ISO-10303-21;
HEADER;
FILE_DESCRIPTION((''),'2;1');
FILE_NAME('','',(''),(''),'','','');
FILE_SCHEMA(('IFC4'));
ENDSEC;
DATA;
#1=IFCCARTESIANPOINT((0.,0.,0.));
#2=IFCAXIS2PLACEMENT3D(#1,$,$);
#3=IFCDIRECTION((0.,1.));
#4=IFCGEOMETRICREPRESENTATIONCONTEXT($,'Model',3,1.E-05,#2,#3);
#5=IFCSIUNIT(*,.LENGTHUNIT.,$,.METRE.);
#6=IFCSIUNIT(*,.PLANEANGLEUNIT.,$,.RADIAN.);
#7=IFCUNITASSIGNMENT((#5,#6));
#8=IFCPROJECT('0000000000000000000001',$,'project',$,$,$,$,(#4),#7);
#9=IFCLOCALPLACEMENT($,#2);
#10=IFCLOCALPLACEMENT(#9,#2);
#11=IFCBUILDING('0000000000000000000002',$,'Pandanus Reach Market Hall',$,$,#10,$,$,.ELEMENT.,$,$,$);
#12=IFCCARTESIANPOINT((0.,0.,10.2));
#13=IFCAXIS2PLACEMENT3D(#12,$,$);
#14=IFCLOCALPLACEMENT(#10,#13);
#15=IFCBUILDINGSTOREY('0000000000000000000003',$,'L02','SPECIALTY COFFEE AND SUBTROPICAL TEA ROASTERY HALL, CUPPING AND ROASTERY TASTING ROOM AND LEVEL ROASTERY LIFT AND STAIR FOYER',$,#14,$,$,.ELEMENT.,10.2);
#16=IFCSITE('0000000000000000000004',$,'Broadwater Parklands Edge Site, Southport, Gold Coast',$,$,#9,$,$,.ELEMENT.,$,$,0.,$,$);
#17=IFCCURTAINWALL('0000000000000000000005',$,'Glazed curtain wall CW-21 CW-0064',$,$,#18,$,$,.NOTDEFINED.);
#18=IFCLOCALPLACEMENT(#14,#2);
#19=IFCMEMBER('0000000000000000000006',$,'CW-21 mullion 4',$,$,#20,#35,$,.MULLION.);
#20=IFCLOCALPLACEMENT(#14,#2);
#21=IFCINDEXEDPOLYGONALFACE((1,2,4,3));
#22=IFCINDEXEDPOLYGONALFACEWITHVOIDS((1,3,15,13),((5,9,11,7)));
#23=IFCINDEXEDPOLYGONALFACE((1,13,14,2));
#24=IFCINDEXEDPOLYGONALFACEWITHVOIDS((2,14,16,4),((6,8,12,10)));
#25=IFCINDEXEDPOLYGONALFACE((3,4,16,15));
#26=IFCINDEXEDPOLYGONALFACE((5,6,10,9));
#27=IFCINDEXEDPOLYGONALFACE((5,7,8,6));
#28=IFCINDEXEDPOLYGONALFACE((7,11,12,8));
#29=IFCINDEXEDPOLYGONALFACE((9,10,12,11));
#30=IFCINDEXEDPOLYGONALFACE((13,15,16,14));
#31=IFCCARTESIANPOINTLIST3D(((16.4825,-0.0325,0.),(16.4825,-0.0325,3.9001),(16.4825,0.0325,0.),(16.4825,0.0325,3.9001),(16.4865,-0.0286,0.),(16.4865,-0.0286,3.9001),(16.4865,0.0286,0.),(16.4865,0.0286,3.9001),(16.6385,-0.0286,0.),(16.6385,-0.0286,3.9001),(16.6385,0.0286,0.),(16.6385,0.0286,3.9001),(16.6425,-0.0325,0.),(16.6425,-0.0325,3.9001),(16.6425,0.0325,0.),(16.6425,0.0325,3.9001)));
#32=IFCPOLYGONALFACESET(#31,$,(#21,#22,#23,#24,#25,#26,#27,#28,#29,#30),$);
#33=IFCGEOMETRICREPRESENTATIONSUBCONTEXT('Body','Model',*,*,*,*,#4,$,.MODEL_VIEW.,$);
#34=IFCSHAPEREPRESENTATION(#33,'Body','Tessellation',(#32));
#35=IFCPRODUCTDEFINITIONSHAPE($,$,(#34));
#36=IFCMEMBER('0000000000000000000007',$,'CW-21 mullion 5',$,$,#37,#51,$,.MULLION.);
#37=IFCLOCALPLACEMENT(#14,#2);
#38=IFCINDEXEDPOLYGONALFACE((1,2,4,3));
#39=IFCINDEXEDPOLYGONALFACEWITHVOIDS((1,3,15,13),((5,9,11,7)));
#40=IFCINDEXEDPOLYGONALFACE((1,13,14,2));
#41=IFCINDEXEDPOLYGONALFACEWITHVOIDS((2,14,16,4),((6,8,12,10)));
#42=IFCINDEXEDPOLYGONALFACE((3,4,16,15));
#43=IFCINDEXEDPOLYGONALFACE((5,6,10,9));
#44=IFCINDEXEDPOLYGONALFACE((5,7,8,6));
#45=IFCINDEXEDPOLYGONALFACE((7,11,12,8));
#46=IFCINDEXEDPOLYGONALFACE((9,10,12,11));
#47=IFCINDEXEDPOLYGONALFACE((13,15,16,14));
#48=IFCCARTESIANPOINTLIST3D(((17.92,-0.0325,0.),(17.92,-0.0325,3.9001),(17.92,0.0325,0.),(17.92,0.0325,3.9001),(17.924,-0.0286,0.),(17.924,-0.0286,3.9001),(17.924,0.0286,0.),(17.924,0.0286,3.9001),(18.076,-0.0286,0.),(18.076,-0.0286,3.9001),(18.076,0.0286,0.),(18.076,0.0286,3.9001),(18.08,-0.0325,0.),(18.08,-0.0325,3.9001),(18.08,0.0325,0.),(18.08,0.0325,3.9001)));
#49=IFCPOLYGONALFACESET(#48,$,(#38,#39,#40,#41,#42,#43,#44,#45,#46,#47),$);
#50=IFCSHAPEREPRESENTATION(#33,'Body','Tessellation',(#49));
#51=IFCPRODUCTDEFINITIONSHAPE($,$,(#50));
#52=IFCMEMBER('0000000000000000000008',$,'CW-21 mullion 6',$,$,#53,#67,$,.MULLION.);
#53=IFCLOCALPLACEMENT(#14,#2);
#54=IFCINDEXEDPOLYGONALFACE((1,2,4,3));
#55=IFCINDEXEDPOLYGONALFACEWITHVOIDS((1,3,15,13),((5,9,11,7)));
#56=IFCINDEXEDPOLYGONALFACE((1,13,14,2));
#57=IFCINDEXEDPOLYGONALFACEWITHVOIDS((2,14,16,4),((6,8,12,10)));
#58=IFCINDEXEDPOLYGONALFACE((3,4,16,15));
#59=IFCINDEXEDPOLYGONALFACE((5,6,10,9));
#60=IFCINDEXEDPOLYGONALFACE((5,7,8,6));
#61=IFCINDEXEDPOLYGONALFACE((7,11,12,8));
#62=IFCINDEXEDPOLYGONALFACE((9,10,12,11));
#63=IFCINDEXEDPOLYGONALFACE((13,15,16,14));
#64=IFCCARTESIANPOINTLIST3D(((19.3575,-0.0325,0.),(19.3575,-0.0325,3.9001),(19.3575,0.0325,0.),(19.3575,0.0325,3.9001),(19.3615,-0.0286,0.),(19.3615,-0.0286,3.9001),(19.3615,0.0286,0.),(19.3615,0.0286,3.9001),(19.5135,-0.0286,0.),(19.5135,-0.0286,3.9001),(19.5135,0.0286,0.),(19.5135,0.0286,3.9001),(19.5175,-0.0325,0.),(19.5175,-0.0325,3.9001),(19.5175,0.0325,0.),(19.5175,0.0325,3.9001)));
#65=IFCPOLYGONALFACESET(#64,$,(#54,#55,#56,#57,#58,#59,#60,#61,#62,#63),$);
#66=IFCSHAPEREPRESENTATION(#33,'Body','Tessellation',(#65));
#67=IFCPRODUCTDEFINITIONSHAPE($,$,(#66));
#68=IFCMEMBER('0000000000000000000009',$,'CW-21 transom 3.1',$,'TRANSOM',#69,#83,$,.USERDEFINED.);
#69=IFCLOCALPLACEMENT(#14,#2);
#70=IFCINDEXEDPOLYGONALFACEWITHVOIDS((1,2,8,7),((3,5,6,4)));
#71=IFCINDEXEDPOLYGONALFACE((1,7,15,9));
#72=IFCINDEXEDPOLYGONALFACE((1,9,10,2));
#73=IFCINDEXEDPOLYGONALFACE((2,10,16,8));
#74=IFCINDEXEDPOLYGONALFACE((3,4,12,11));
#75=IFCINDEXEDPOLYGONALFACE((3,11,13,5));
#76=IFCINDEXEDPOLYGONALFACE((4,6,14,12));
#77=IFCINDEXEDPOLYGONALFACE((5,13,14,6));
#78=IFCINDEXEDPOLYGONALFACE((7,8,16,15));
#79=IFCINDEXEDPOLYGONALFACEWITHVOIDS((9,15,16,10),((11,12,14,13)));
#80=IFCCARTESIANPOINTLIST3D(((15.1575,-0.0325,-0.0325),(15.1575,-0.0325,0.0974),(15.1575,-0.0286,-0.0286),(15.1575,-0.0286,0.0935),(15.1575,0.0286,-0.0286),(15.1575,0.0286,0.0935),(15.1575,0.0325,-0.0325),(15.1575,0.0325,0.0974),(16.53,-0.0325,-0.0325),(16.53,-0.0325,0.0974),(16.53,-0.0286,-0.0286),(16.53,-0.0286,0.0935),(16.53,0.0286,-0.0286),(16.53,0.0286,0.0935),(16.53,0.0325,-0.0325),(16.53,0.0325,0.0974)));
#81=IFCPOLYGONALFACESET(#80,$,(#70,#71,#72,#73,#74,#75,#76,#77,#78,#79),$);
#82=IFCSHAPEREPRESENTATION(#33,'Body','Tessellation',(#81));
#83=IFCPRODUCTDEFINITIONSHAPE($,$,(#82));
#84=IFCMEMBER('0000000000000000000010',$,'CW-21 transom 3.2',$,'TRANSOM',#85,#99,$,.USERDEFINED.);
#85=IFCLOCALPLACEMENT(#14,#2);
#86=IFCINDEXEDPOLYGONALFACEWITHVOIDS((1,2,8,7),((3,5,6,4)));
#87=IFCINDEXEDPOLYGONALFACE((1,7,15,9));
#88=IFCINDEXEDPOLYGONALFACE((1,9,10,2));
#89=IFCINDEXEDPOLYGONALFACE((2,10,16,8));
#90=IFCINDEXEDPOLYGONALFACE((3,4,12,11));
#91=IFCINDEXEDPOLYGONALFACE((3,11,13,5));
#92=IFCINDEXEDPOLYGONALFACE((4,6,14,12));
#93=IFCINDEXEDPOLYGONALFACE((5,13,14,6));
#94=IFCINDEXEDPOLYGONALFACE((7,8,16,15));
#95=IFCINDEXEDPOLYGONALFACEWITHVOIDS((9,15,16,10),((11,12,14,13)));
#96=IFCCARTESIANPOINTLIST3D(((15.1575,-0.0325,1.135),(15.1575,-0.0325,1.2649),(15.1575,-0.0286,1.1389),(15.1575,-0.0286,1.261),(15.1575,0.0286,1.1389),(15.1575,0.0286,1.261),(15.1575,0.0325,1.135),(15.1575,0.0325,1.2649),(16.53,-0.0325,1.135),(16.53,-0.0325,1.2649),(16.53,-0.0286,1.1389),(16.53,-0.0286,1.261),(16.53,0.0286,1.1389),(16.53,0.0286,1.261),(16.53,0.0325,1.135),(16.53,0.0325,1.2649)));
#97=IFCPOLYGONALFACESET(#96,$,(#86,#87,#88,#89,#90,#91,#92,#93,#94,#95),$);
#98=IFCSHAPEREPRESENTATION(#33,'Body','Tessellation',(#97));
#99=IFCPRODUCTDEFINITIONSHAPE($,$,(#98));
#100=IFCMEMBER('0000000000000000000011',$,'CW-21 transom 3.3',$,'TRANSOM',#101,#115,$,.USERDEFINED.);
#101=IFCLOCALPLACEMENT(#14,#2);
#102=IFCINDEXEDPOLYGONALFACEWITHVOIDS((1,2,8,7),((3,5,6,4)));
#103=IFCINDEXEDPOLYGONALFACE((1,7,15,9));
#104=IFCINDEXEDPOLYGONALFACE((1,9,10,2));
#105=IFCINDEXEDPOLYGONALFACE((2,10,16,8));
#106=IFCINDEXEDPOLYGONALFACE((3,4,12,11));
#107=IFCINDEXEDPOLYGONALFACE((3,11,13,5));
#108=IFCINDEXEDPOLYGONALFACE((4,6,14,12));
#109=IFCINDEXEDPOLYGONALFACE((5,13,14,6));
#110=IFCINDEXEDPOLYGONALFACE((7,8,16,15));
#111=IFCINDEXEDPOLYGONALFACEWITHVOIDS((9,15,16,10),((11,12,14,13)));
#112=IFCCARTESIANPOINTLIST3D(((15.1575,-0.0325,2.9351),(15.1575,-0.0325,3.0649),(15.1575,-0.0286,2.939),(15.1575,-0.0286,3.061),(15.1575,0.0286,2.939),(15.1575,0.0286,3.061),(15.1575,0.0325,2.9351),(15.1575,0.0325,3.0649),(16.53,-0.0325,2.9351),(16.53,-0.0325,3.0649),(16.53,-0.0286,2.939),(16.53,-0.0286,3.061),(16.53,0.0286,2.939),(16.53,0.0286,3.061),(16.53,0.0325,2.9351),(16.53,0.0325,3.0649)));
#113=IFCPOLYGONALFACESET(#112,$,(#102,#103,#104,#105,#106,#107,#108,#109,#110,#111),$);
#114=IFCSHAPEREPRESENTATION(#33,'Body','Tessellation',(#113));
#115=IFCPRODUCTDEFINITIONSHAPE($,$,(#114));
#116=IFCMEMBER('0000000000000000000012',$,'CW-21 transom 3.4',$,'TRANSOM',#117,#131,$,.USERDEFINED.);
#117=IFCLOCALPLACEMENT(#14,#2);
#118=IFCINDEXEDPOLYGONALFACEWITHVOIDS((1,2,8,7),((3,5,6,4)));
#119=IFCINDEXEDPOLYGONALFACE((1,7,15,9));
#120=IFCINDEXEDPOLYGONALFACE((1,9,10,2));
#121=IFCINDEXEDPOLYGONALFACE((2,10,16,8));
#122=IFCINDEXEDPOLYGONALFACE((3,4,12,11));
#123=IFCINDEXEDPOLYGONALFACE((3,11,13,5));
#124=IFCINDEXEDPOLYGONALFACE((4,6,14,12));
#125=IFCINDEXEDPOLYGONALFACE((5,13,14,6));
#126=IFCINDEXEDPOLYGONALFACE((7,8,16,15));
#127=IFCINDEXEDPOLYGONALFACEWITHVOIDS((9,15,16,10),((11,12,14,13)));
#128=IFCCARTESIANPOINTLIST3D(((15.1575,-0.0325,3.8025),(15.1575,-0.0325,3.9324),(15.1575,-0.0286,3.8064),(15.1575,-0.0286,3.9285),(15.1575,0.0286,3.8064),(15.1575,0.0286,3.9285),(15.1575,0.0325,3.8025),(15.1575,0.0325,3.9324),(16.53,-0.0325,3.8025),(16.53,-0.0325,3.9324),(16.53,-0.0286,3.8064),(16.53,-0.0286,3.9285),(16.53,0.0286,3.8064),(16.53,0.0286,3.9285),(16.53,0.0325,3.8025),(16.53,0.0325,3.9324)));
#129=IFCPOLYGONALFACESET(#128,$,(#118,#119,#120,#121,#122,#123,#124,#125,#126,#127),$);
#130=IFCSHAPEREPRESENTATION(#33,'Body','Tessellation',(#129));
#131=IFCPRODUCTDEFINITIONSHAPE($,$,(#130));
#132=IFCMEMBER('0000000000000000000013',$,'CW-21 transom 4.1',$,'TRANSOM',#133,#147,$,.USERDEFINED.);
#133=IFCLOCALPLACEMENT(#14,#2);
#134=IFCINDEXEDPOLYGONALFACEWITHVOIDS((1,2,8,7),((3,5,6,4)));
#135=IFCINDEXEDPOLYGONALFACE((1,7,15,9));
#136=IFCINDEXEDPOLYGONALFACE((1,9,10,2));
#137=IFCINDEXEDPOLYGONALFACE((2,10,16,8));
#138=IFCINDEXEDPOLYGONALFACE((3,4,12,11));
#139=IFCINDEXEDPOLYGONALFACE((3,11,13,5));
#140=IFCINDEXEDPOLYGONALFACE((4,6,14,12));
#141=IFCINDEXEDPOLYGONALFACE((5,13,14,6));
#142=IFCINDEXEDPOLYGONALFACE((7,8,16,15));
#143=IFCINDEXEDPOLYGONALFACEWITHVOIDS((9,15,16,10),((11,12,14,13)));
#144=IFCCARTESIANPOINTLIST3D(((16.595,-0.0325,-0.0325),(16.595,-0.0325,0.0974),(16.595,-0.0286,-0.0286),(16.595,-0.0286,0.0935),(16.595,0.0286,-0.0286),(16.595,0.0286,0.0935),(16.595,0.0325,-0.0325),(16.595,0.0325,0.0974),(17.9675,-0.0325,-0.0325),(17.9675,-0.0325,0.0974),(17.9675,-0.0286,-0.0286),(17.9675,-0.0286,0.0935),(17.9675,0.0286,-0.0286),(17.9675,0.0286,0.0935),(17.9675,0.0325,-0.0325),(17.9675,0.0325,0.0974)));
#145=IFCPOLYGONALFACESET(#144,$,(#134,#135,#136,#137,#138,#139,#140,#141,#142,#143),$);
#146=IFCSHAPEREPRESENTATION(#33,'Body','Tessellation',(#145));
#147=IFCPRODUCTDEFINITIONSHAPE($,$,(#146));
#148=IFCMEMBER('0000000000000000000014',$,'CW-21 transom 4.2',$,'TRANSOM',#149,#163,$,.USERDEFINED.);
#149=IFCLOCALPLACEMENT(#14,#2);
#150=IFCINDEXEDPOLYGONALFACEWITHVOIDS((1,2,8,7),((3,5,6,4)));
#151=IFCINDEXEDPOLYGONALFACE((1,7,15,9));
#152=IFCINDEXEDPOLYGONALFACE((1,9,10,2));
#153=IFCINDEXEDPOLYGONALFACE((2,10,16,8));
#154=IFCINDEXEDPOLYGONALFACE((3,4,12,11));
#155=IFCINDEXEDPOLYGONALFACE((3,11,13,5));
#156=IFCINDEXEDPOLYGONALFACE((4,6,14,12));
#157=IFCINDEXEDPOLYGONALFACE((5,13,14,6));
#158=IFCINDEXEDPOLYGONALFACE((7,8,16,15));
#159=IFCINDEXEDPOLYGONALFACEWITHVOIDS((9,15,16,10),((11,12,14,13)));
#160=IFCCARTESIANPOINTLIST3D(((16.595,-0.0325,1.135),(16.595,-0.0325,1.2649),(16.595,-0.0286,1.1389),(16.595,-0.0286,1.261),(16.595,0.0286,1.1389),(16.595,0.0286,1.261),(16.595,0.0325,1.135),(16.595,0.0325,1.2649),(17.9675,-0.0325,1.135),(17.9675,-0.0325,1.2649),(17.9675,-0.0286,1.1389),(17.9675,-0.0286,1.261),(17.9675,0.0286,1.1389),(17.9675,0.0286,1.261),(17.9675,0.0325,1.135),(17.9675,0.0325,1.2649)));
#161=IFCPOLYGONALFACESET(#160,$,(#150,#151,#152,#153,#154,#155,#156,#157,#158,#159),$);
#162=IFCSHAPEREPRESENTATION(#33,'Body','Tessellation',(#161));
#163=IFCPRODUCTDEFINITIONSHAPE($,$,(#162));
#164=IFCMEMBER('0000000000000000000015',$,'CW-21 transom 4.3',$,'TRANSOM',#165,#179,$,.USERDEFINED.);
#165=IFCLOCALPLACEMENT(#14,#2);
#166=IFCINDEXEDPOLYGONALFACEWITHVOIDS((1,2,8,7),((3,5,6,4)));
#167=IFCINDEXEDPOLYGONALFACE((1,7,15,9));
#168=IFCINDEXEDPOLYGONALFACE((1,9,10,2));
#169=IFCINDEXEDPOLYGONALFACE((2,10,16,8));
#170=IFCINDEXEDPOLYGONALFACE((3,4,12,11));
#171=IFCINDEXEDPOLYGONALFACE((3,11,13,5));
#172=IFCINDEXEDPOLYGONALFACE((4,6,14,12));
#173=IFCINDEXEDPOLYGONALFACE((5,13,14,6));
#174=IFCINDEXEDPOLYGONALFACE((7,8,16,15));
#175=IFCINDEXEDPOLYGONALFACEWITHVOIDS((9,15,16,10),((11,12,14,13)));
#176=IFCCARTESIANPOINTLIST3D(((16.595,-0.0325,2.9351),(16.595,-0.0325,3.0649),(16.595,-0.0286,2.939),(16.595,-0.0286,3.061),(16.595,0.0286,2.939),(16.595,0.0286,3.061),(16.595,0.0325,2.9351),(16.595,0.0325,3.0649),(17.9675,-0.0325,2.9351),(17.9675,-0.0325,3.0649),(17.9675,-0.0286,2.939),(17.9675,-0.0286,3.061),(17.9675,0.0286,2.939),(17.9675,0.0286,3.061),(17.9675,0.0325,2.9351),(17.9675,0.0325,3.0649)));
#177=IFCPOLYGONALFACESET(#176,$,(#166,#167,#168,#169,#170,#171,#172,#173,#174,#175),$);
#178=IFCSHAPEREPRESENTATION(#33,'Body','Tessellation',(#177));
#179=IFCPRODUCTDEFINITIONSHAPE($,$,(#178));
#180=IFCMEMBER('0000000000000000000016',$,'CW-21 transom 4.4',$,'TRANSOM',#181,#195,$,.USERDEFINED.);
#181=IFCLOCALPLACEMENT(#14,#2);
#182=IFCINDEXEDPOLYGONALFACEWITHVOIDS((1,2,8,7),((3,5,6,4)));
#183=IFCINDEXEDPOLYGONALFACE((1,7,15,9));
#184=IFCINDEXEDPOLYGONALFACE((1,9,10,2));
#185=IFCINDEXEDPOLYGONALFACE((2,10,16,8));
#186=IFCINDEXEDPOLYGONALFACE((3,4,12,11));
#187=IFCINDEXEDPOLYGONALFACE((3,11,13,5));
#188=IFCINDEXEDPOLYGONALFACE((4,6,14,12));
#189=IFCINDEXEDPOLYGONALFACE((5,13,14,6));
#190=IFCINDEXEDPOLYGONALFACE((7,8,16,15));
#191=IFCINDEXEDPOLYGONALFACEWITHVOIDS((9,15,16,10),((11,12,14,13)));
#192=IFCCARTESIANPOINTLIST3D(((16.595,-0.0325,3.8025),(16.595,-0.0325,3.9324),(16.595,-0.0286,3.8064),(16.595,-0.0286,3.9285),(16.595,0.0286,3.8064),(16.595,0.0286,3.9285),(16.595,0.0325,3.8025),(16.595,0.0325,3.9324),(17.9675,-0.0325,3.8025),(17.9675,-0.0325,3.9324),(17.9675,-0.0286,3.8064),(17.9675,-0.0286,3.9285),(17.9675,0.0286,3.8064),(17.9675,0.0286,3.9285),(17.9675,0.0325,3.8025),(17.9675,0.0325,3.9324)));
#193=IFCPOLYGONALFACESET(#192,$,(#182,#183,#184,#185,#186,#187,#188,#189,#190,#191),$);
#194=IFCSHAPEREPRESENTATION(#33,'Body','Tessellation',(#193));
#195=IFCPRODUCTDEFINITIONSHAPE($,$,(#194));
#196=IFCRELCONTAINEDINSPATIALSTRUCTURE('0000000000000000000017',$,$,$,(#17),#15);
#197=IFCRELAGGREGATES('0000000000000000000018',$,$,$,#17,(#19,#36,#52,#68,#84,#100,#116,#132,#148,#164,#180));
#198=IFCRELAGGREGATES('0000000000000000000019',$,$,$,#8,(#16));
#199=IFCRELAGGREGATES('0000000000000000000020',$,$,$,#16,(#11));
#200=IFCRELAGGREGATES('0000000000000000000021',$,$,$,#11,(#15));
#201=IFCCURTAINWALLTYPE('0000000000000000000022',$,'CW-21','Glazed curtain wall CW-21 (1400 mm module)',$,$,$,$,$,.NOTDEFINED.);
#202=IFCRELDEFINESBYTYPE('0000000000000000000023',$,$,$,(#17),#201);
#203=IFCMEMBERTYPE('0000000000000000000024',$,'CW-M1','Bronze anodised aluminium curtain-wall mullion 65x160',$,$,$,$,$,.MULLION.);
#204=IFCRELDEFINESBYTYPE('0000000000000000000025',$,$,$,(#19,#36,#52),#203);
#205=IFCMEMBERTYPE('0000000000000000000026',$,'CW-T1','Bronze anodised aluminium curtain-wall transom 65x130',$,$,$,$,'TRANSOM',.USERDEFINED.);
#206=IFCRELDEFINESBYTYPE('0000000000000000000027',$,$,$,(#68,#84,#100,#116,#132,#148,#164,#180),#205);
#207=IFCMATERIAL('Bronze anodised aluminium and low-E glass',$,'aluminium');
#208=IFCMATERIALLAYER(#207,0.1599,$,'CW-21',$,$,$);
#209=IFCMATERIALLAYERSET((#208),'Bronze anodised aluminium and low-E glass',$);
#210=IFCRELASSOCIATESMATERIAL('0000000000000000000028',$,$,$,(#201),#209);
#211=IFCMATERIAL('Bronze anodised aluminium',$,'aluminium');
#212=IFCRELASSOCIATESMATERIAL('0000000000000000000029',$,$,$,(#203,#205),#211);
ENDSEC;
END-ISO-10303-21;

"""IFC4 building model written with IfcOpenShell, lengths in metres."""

from ifc_helpers import new_model, si_unit, direction, frame, origin, origin_2d, place, context, subcontext, project, spatial, hollow_rectangle, extrude, material, layer, layer_set, material_profile, profile_set, type_object, element, aggregate, save


model = new_model("IFC4")

# Units and contexts
model_context = context("Model", 3, precision=1e-05, world=origin(), true_north=direction((0.0, 1.0)))
body_context = subcontext(model_context, "Body", "Model", "MODEL_VIEW")
ifc_project = project(units=[si_unit("LENGTHUNIT", "METRE"), si_unit("PLANEANGLEUNIT", "RADIAN")], contexts=[model_context])

# Site, building, storey
site_placement = place(None, origin())
site = spatial("IfcSite", under=ifc_project, at=site_placement, Name="Broadwater Parklands Edge Site, Southport, Gold Coast", CompositionType="ELEMENT", RefElevation=0.0)
building_placement = place(site_placement, origin())
building = spatial("IfcBuilding", under=site, at=building_placement, Name="Pandanus Reach Market Hall", CompositionType="ELEMENT")
storey_placement = place(building_placement, frame((0.0, 0.0, 10.2)))
storey = spatial("IfcBuildingStorey", under=building, at=storey_placement, Name="L02", Description="SPECIALTY COFFEE AND SUBTROPICAL TEA ROASTERY HALL, CUPPING AND ROASTERY TASTING ROOM AND LEVEL ROASTERY LIFT AND STAIR FOYER", CompositionType="ELEMENT", Elevation=10.2)

# Curtain wall, members
ifc_material_1 = material(Name="Bronze anodised aluminium and low-E glass", Category="aluminium")
ifc_layer_1 = layer(ifc_material_1, 0.1599, Name="CW-21")
ifc_layer_set_1 = layer_set([ifc_layer_1], Name="Bronze anodised aluminium and low-E glass")
curtain_wall_type = type_object("IfcCurtainWallType", Name="CW-21", Description="Glazed curtain wall CW-21 (1400 mm module)", PredefinedType="NOTDEFINED", material=ifc_layer_set_1)
curtain_wall_placement = place(storey_placement, origin())
curtain_wall = element("IfcCurtainWall", 1, at=curtain_wall_placement, inside=storey, type_object=curtain_wall_type, Name="Glazed curtain wall CW-21 CW-0064", PredefinedType="NOTDEFINED")
ifc_material_2 = material(Name="Bronze anodised aluminium", Category="aluminium")
ifc_material_profile_1 = material_profile(ifc_material_2, hollow_rectangle(XDim=0.0649, YDim=0.1599, WallThickness=0.0039, at=origin_2d()), Name="ALU65x160", Category="LoadBearing")
ifc_profile_set_1 = profile_set([ifc_material_profile_1], Name="Bronze anodised aluminium")
member_type_1 = type_object("IfcMemberType", Name="CW-M1", Description="Bronze anodised aluminium curtain-wall mullion 65x160", PredefinedType="MULLION", material=ifc_profile_set_1)
member_1_placement = place(storey_placement, frame((16.5625, 0.0, 0.0), z_axis=(0.0, 0.0, 1.0), x_axis=(0.0, 1.0, 0.0)))
member_1 = element("IfcMember", 2, at=member_1_placement, type_object=member_type_1, Name="CW-21 mullion 4", PredefinedType="MULLION", context=body_context, shape_type="SweptSolid", body=[
    extrude(hollow_rectangle(XDim=0.0649, YDim=0.1599, WallThickness=0.0039, at=origin_2d()), origin(), (0.0, 0.0, 1.0), 3.9001),
])
member_2_placement = place(storey_placement, frame((18.0, 0.0, 0.0), z_axis=(0.0, 0.0, 1.0), x_axis=(0.0, 1.0, 0.0)))
member_2 = element("IfcMember", 3, at=member_2_placement, type_object=member_type_1, Name="CW-21 mullion 5", PredefinedType="MULLION", context=body_context, shape_type="SweptSolid", body=[
    extrude(hollow_rectangle(XDim=0.0649, YDim=0.1599, WallThickness=0.0039, at=origin_2d()), origin(), (0.0, 0.0, 1.0), 3.9001),
])
member_3_placement = place(storey_placement, frame((19.4375, 0.0, 0.0), z_axis=(0.0, 0.0, 1.0), x_axis=(0.0, 1.0, 0.0)))
member_3 = element("IfcMember", 4, at=member_3_placement, type_object=member_type_1, Name="CW-21 mullion 6", PredefinedType="MULLION", context=body_context, shape_type="SweptSolid", body=[
    extrude(hollow_rectangle(XDim=0.0649, YDim=0.1599, WallThickness=0.0039, at=origin_2d()), origin(), (0.0, 0.0, 1.0), 3.9001),
])
ifc_material_profile_2 = material_profile(ifc_material_2, hollow_rectangle(XDim=0.0649, YDim=0.1299, WallThickness=0.0039, at=origin_2d()), Name="ALU65x130", Category="LoadBearing")
ifc_profile_set_2 = profile_set([ifc_material_profile_2], Name="Bronze anodised aluminium")
member_type_2 = type_object("IfcMemberType", Name="CW-T1", Description="Bronze anodised aluminium curtain-wall transom 65x130", ElementType="TRANSOM", PredefinedType="USERDEFINED", material=ifc_profile_set_2)
member_4_placement = place(storey_placement, frame((15.1575, 0.0, 0.0325), z_axis=(1.0, 0.0, 0.0), x_axis=(0.0, 1.0, 0.0)))
member_4 = element("IfcMember", 5, at=member_4_placement, type_object=member_type_2, Name="CW-21 transom 3.1", ObjectType="TRANSOM", PredefinedType="USERDEFINED", context=body_context, shape_type="SweptSolid", body=[
    extrude(hollow_rectangle(XDim=0.0649, YDim=0.1299, WallThickness=0.0039, at=origin_2d()), origin(), (0.0, 0.0, 1.0), 1.3726),
])
member_5_placement = place(storey_placement, frame((15.1575, 0.0, 1.2), z_axis=(1.0, 0.0, 0.0), x_axis=(0.0, 1.0, 0.0)))
member_5 = element("IfcMember", 6, at=member_5_placement, type_object=member_type_2, Name="CW-21 transom 3.2", ObjectType="TRANSOM", PredefinedType="USERDEFINED", context=body_context, shape_type="SweptSolid", body=[
    extrude(hollow_rectangle(XDim=0.0649, YDim=0.1299, WallThickness=0.0039, at=origin_2d()), origin(), (0.0, 0.0, 1.0), 1.3726),
])
member_6_placement = place(storey_placement, frame((15.1575, 0.0, 3.0), z_axis=(1.0, 0.0, 0.0), x_axis=(0.0, 1.0, 0.0)))
member_6 = element("IfcMember", 7, at=member_6_placement, type_object=member_type_2, Name="CW-21 transom 3.3", ObjectType="TRANSOM", PredefinedType="USERDEFINED", context=body_context, shape_type="SweptSolid", body=[
    extrude(hollow_rectangle(XDim=0.0649, YDim=0.1299, WallThickness=0.0039, at=origin_2d()), origin(), (0.0, 0.0, 1.0), 1.3726),
])
member_7_placement = place(storey_placement, frame((15.1575, 0.0, 3.8674), z_axis=(1.0, 0.0, 0.0), x_axis=(0.0, 1.0, 0.0)))
member_7 = element("IfcMember", 8, at=member_7_placement, type_object=member_type_2, Name="CW-21 transom 3.4", ObjectType="TRANSOM", PredefinedType="USERDEFINED", context=body_context, shape_type="SweptSolid", body=[
    extrude(hollow_rectangle(XDim=0.0649, YDim=0.1299, WallThickness=0.0039, at=origin_2d()), origin(), (0.0, 0.0, 1.0), 1.3726),
])
member_8_placement = place(storey_placement, frame((16.595, 0.0, 0.0325), z_axis=(1.0, 0.0, 0.0), x_axis=(0.0, 1.0, 0.0)))
member_8 = element("IfcMember", 9, at=member_8_placement, type_object=member_type_2, Name="CW-21 transom 4.1", ObjectType="TRANSOM", PredefinedType="USERDEFINED", context=body_context, shape_type="SweptSolid", body=[
    extrude(hollow_rectangle(XDim=0.0649, YDim=0.1299, WallThickness=0.0039, at=origin_2d()), origin(), (0.0, 0.0, 1.0), 1.3726),
])
member_9_placement = place(storey_placement, frame((16.595, 0.0, 1.2), z_axis=(1.0, 0.0, 0.0), x_axis=(0.0, 1.0, 0.0)))
member_9 = element("IfcMember", 10, at=member_9_placement, type_object=member_type_2, Name="CW-21 transom 4.2", ObjectType="TRANSOM", PredefinedType="USERDEFINED", context=body_context, shape_type="SweptSolid", body=[
    extrude(hollow_rectangle(XDim=0.0649, YDim=0.1299, WallThickness=0.0039, at=origin_2d()), origin(), (0.0, 0.0, 1.0), 1.3726),
])
member_10_placement = place(storey_placement, frame((16.595, 0.0, 3.0), z_axis=(1.0, 0.0, 0.0), x_axis=(0.0, 1.0, 0.0)))
member_10 = element("IfcMember", 11, at=member_10_placement, type_object=member_type_2, Name="CW-21 transom 4.3", ObjectType="TRANSOM", PredefinedType="USERDEFINED", context=body_context, shape_type="SweptSolid", body=[
    extrude(hollow_rectangle(XDim=0.0649, YDim=0.1299, WallThickness=0.0039, at=origin_2d()), origin(), (0.0, 0.0, 1.0), 1.3726),
])
member_11_placement = place(storey_placement, frame((16.595, 0.0, 3.8674), z_axis=(1.0, 0.0, 0.0), x_axis=(0.0, 1.0, 0.0)))
member_11 = element("IfcMember", 12, at=member_11_placement, type_object=member_type_2, Name="CW-21 transom 4.4", ObjectType="TRANSOM", PredefinedType="USERDEFINED", context=body_context, shape_type="SweptSolid", body=[
    extrude(hollow_rectangle(XDim=0.0649, YDim=0.1299, WallThickness=0.0039, at=origin_2d()), origin(), (0.0, 0.0, 1.0), 1.3726),
])
aggregate(curtain_wall, [member_1, member_2, member_3, member_4, member_5, member_6, member_7, member_8, member_9, member_10, member_11])

save(model, "model.ifc")
